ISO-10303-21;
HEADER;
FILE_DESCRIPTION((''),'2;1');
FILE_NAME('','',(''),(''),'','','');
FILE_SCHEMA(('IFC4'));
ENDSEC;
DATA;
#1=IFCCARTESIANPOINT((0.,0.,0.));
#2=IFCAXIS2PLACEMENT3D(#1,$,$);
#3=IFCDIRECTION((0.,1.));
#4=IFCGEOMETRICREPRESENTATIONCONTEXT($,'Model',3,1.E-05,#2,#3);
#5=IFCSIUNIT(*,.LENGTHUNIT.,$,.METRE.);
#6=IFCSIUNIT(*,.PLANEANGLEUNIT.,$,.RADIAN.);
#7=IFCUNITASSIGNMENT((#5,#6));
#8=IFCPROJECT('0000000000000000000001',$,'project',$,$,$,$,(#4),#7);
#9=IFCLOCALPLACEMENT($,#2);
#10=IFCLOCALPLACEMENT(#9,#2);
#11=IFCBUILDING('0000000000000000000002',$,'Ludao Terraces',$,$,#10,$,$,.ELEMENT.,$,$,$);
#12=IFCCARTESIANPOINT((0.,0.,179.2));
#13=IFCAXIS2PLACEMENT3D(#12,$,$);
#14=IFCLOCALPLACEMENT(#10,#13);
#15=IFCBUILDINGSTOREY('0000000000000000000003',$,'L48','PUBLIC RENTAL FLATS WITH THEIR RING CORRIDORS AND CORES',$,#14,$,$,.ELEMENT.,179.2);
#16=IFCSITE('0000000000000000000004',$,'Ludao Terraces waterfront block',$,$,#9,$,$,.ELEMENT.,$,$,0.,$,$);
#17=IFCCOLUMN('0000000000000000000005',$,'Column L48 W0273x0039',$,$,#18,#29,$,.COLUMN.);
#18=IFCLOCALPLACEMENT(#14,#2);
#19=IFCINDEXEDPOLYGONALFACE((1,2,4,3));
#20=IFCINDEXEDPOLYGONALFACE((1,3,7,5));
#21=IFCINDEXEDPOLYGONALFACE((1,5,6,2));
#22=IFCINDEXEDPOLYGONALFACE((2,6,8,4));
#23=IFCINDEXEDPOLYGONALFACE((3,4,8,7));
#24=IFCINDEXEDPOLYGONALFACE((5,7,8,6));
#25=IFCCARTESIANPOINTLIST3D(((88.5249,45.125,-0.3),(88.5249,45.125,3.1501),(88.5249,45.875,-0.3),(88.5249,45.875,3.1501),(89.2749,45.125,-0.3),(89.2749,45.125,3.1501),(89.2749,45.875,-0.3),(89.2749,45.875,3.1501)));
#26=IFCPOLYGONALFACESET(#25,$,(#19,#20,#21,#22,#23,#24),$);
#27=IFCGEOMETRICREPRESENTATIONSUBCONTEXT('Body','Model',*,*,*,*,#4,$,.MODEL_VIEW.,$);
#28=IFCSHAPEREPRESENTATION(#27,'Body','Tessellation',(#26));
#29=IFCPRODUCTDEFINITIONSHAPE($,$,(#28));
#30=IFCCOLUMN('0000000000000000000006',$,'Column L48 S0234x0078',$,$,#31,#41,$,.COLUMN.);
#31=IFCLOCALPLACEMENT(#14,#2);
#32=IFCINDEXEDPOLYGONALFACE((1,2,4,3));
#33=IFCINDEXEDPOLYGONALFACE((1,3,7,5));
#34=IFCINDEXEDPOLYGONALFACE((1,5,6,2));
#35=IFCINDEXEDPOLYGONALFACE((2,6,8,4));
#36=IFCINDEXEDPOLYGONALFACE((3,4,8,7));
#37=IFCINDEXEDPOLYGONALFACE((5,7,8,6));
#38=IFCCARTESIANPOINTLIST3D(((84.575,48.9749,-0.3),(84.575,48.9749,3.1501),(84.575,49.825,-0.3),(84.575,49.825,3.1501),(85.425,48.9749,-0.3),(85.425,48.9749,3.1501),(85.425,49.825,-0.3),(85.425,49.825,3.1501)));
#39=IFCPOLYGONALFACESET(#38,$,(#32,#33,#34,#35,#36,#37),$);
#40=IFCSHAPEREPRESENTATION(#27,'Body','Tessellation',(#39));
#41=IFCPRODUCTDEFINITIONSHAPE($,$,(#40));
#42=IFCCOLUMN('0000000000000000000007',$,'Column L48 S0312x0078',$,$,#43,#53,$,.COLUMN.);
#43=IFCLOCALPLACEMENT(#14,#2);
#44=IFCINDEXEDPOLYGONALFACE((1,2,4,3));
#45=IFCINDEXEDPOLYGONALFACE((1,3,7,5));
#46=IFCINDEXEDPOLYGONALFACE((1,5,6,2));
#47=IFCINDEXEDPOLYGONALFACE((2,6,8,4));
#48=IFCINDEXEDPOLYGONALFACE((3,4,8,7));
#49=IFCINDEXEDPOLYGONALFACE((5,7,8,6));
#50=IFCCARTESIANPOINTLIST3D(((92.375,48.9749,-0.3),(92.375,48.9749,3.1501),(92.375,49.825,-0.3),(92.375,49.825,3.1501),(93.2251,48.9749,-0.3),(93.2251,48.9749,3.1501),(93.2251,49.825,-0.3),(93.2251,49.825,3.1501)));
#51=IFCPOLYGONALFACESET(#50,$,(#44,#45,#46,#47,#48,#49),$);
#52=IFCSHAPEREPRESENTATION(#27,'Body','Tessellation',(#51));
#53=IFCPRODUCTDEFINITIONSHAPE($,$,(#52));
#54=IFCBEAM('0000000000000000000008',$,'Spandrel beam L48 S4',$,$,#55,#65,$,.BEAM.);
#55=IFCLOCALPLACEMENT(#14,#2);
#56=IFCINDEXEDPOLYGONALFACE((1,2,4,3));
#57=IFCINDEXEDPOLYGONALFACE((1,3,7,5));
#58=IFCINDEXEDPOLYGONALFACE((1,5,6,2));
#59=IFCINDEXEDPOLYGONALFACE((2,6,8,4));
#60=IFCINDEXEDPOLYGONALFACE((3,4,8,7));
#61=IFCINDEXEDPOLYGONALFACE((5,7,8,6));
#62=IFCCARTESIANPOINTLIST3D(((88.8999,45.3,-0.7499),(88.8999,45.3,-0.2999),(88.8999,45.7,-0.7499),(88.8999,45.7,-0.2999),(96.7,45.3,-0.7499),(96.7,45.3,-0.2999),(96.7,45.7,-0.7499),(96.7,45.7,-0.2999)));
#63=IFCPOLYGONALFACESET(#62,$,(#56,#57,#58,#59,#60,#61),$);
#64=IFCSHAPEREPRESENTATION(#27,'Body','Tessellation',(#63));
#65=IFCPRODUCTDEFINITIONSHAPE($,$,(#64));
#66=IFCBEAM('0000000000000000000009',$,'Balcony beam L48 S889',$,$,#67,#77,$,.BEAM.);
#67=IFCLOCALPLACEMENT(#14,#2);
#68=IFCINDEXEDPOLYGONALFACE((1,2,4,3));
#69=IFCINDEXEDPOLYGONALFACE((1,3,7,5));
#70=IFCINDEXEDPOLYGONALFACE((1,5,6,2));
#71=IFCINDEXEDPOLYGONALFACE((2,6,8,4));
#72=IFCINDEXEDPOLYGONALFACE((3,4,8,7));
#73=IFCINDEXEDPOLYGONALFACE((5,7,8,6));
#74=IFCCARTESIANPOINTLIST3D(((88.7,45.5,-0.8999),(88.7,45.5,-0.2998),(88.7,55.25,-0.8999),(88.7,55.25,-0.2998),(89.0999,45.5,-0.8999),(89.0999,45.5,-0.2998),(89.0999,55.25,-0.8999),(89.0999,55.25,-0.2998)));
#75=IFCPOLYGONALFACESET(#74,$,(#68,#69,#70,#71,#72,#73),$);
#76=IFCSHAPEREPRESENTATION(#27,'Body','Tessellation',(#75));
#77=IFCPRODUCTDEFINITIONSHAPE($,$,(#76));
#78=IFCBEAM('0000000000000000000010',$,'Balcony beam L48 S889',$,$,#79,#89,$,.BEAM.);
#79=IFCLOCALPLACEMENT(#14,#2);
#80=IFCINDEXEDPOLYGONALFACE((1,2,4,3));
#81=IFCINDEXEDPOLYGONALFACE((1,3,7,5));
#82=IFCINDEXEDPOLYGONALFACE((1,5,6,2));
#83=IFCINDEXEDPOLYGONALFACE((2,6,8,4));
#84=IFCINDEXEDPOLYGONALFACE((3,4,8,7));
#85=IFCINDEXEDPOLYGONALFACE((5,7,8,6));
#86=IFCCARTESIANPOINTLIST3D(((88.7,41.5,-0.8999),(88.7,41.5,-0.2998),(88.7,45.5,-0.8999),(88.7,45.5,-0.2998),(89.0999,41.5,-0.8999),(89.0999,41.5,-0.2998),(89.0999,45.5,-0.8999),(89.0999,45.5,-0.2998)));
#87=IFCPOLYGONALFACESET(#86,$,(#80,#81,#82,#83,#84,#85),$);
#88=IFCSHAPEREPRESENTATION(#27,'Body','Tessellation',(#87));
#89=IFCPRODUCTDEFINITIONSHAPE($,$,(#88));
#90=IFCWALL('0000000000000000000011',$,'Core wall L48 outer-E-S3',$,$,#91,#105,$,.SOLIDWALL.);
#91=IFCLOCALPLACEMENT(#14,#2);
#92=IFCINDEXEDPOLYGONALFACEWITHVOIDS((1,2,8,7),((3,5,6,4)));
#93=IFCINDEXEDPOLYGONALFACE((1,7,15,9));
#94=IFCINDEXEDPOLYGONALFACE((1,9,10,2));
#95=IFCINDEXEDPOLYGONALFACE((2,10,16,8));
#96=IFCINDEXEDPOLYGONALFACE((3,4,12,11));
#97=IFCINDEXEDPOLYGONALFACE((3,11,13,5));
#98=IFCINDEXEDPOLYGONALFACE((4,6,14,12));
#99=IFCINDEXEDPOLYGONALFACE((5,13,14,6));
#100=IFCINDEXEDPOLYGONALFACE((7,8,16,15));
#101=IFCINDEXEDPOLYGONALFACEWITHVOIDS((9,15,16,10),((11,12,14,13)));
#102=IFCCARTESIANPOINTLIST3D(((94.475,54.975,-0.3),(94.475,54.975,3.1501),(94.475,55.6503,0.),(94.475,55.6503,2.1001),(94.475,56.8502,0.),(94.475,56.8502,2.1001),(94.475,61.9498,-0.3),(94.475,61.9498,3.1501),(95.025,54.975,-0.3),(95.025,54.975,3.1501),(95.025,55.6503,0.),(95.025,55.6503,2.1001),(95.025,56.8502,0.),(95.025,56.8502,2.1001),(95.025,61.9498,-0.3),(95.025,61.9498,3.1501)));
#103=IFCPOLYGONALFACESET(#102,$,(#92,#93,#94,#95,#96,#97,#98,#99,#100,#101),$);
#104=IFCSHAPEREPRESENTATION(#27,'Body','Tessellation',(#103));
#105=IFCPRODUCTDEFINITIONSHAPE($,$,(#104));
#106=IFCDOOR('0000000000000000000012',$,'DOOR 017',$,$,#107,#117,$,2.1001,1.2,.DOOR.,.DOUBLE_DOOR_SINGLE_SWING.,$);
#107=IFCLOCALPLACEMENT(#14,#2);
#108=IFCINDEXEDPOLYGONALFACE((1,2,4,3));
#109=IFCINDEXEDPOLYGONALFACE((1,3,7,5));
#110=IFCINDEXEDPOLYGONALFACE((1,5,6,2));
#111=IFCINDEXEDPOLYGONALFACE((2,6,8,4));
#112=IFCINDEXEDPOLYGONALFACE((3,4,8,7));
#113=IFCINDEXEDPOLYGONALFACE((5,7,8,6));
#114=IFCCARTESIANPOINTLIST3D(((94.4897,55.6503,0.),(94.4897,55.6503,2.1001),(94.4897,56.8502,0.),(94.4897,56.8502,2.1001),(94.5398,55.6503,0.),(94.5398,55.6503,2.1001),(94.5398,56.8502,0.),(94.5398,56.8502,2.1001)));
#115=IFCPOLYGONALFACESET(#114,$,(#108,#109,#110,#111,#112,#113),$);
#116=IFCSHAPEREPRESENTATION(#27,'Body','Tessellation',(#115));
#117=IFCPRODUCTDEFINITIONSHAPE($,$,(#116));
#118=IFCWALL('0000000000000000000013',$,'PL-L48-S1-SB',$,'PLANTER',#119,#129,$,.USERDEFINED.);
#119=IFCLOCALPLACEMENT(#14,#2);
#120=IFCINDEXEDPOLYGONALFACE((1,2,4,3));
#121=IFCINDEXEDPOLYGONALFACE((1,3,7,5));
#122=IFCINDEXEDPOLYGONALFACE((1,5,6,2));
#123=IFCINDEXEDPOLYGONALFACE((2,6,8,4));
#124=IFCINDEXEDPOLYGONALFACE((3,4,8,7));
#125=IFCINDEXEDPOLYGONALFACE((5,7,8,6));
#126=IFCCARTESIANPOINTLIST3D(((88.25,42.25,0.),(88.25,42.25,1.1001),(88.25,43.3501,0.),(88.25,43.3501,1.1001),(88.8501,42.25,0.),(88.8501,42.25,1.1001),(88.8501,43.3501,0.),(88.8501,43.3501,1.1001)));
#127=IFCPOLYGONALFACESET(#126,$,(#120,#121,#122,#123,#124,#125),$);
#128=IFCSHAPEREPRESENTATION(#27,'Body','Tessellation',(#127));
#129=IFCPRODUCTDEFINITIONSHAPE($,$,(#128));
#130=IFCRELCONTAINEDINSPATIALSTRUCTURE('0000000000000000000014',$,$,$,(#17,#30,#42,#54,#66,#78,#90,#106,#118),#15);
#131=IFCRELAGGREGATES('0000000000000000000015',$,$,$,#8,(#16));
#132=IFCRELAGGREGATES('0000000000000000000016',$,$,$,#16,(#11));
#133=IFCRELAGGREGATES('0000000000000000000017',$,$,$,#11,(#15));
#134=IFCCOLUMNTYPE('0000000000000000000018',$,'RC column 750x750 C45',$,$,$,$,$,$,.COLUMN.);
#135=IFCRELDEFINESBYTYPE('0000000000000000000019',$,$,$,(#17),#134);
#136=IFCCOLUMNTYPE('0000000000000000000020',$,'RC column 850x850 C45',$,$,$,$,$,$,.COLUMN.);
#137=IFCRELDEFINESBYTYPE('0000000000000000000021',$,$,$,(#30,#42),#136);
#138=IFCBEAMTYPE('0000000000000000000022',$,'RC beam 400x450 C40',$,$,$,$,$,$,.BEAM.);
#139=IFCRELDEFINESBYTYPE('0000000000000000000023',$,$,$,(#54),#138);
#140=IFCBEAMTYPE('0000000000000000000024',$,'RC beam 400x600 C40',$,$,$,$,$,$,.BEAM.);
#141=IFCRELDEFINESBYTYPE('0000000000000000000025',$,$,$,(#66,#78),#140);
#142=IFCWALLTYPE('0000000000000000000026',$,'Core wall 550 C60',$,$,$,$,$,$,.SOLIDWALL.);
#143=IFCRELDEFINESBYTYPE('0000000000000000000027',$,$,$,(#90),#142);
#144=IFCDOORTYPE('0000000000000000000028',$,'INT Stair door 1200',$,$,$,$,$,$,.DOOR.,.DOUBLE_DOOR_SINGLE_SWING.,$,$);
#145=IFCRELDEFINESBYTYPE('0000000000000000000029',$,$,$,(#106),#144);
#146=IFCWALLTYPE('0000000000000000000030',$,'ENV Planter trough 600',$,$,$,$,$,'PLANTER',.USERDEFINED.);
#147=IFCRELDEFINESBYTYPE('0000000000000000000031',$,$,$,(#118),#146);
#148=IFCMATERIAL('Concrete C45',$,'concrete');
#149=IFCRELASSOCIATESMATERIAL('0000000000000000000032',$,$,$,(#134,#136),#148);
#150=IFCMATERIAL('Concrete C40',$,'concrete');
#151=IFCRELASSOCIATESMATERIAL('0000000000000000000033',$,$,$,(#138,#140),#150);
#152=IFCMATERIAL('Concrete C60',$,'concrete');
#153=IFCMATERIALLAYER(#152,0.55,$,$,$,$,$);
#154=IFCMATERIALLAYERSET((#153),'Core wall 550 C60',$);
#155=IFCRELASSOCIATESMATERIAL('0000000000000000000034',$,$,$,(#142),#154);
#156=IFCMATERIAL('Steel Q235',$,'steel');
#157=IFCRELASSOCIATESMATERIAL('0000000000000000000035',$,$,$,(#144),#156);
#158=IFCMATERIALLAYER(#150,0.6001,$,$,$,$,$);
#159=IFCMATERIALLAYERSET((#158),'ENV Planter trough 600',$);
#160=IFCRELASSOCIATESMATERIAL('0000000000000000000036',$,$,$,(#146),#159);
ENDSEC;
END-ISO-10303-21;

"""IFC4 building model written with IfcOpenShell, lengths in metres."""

from ifc_helpers import new_model, si_unit, direction, frame, frame_2d, origin, origin_2d, place, context, subcontext, project, spatial, rectangle, extrude, material, layer, layer_set, material_profile, profile_set, type_object, element, fill, save


model = new_model("IFC4")

# Units and contexts
model_context = context("Model", 3, precision=1e-05, world=origin(), true_north=direction((0.0, 1.0)))
body_context = subcontext(model_context, "Body", "Model", "MODEL_VIEW")
ifc_project = project(units=[si_unit("LENGTHUNIT", "METRE"), si_unit("PLANEANGLEUNIT", "RADIAN")], contexts=[model_context])

# Site, building, storey
site_placement = place(None, origin())
site = spatial("IfcSite", under=ifc_project, at=site_placement, Name="Ludao Terraces waterfront block", CompositionType="ELEMENT", RefElevation=0.0)
building_placement = place(site_placement, origin())
building = spatial("IfcBuilding", under=site, at=building_placement, Name="Ludao Terraces", CompositionType="ELEMENT")
storey_placement = place(building_placement, frame((0.0, 0.0, 179.2)))
storey = spatial("IfcBuildingStorey", under=building, at=storey_placement, Name="L48", Description="PUBLIC RENTAL FLATS WITH THEIR RING CORRIDORS AND CORES", CompositionType="ELEMENT", Elevation=179.2)

# Columns
ifc_material_1 = material(Name="Concrete C45", Category="concrete")
ifc_material_profile_1 = material_profile(ifc_material_1, rectangle(XDim=0.75, YDim=0.75, at=origin_2d()), Name="750 X 750")
ifc_profile_set_1 = profile_set([ifc_material_profile_1], Name="Concrete C45")
column_type_1 = type_object("IfcColumnType", Name="RC column 750x750 C45", PredefinedType="COLUMN", material=ifc_profile_set_1)
column_placement = place(storey_placement, frame((88.8999, 45.5, -0.3), z_axis=(0.0, 0.0, 1.0), x_axis=(1.0, 0.0, 0.0)))
element("IfcColumn", 1, at=column_placement, inside=storey, type_object=column_type_1, Name="Column L48 W0273x0039", PredefinedType="COLUMN", context=body_context, shape_type="SweptSolid", body=[
    extrude(rectangle(XDim=0.75, YDim=0.75, at=origin_2d()), origin(), (0.0, 0.0, 1.0), 3.4502),
])
ifc_material_profile_2 = material_profile(ifc_material_1, rectangle(XDim=0.8501, YDim=0.8501, at=origin_2d()), Name="850 X 850")
ifc_profile_set_2 = profile_set([ifc_material_profile_2], Name="Concrete C45")
column_type_2 = type_object("IfcColumnType", Name="RC column 850x850 C45", PredefinedType="COLUMN", material=ifc_profile_set_2)
for number, where, z_axis, x_axis, name in (
    (2, (85.0, 49.3999, -0.3), (0.0, 0.0, 1.0), (1.0, 0.0, 0.0), "Column L48 S0234x0078"),
    (3, (92.8, 49.3999, -0.3), (0.0, 0.0, 1.0), (1.0, 0.0, 0.0), "Column L48 S0312x0078"),
):
    element("IfcColumn", number, at=place(storey_placement, frame(where, z_axis=z_axis, x_axis=x_axis)), inside=storey, type_object=column_type_2, Name=name, PredefinedType="COLUMN", context=body_context, shape_type="SweptSolid", body=[
        extrude(rectangle(XDim=0.8501, YDim=0.8501, at=origin_2d()), origin(), (0.0, 0.0, 1.0), 3.4502),
    ])

# Beams
ifc_material_2 = material(Name="Concrete C40", Category="concrete")
ifc_material_profile_3 = material_profile(ifc_material_2, rectangle(XDim=0.3999, YDim=0.45, at=origin_2d()), Name="400 X 450")
ifc_profile_set_3 = profile_set([ifc_material_profile_3], Name="Concrete C40")
beam_type_1 = type_object("IfcBeamType", Name="RC beam 400x450 C40", PredefinedType="BEAM", material=ifc_profile_set_3)
beam_1_placement = place(storey_placement, frame((88.8999, 45.5, -0.5249), z_axis=(1.0, 0.0, 0.0), x_axis=(0.0, 1.0, 0.0)))
element("IfcBeam", 4, at=beam_1_placement, inside=storey, type_object=beam_type_1, Name="Spandrel beam L48 S4", PredefinedType="BEAM", context=body_context, shape_type="SweptSolid", body=[
    extrude(rectangle(XDim=0.3999, YDim=0.45, at=origin_2d()), origin(), (0.0, 0.0, 1.0), 7.8),
])
ifc_material_profile_4 = material_profile(ifc_material_2, rectangle(XDim=0.3999, YDim=0.6001, at=origin_2d()), Name="400 X 600")
ifc_profile_set_4 = profile_set([ifc_material_profile_4], Name="Concrete C40")
beam_type_2 = type_object("IfcBeamType", Name="RC beam 400x600 C40", PredefinedType="BEAM", material=ifc_profile_set_4)
beam_2_placement = place(storey_placement, frame((88.8999, 55.25, -0.5999), z_axis=(0.0, -1.0, 0.0), x_axis=(1.0, 0.0, 0.0)))
element("IfcBeam", 5, at=beam_2_placement, inside=storey, type_object=beam_type_2, Name="Balcony beam L48 S889", PredefinedType="BEAM", context=body_context, shape_type="SweptSolid", body=[
    extrude(rectangle(XDim=0.3999, YDim=0.6001, at=origin_2d()), origin(), (0.0, 0.0, 1.0), 9.75),
])
beam_3_placement = place(storey_placement, frame((88.8999, 45.5, -0.5999), z_axis=(0.0, -1.0, 0.0), x_axis=(1.0, 0.0, 0.0)))
element("IfcBeam", 6, at=beam_3_placement, inside=storey, type_object=beam_type_2, Name="Balcony beam L48 S889", PredefinedType="BEAM", context=body_context, shape_type="SweptSolid", body=[
    extrude(rectangle(XDim=0.3999, YDim=0.6001, at=origin_2d()), origin(), (0.0, 0.0, 1.0), 4.0),
])

# Wall, opening, door
ifc_material_3 = material(Name="Concrete C60", Category="concrete")
ifc_layer_1 = layer(ifc_material_3, 0.55)
ifc_layer_set_1 = layer_set([ifc_layer_1], Name="Core wall 550 C60")
wall_type_1 = type_object("IfcWallType", Name="Core wall 550 C60", PredefinedType="SOLIDWALL", material=ifc_layer_set_1)
wall_1_placement = place(storey_placement, frame((94.75, 54.9751, -0.3), z_axis=(0.0, 0.0, 1.0), x_axis=(0.0, 1.0, 0.0)))
wall_1 = element("IfcWall", 7, at=wall_1_placement, inside=storey, type_object=wall_type_1, Name="Core wall L48 outer-E-S3", PredefinedType="SOLIDWALL", context=body_context, shape_type="SweptSolid", body=[
    extrude(rectangle(XDim=6.9749, YDim=0.55, at=frame_2d((3.4873, 0.0))), origin(), (0.0, 0.0, 1.0), 3.4502),
])
opening_1_placement = place(wall_1_placement, frame((0.675, 0.0, 0.3)))
opening_1 = element("IfcOpeningElement", 8, at=opening_1_placement, cuts=wall_1, PredefinedType="OPENING", context=body_context, shape_type="SweptSolid", body=[
    extrude(rectangle(XDim=1.2, YDim=2.1001, at=frame_2d((0.6001, 1.05))), frame((0.0, 0.2852, 0.0), z_axis=(0.0, -1.0, 0.0), x_axis=(1.0, 0.0, 0.0)), (0.0, 0.0, 1.0), 0.5701),
])
ifc_material_4 = material(Name="Steel Q235", Category="steel")
door_type_1 = type_object("IfcDoorType", Name="INT Stair door 1200", OperationType="DOUBLE_DOOR_SINGLE_SWING", PredefinedType="DOOR", material=ifc_material_4)
door_1_placement = place(opening_1_placement, origin())
door_1 = element("IfcDoor", 9, at=door_1_placement, inside=storey, type_object=door_type_1, Name="DOOR 017", OperationType="DOUBLE_DOOR_SINGLE_SWING", OverallHeight=2.1001, OverallWidth=1.2, PredefinedType="DOOR", context=body_context, shape_type="SweptSolid", body=[
    extrude(rectangle(XDim=1.2, YDim=2.1001, at=frame_2d((0.6001, 1.05))), frame((0.0, 0.2603, 0.0), z_axis=(0.0, -1.0, 0.0), x_axis=(1.0, 0.0, 0.0)), (0.0, 0.0, 1.0), 0.05),
])
fill(opening_1, door_1)

# Wall
ifc_layer_2 = layer(ifc_material_2, 0.6001)
ifc_layer_set_2 = layer_set([ifc_layer_2], Name="ENV Planter trough 600")
wall_type_2 = type_object("IfcWallType", Name="ENV Planter trough 600", ElementType="PLANTER", PredefinedType="USERDEFINED", material=ifc_layer_set_2)
wall_2_placement = place(storey_placement, frame((88.55, 42.25, 0.0), z_axis=(0.0, 0.0, 1.0), x_axis=(0.0, 1.0, 0.0)))
element("IfcWall", 10, at=wall_2_placement, inside=storey, type_object=wall_type_2, Name="PL-L48-S1-SB", ObjectType="PLANTER", PredefinedType="USERDEFINED", context=body_context, shape_type="SweptSolid", body=[
    extrude(rectangle(XDim=1.1001, YDim=0.6001, at=frame_2d((0.55, 0.0))), origin(), (0.0, 0.0, 1.0), 1.1001),
])

save(model, "model.ifc")
